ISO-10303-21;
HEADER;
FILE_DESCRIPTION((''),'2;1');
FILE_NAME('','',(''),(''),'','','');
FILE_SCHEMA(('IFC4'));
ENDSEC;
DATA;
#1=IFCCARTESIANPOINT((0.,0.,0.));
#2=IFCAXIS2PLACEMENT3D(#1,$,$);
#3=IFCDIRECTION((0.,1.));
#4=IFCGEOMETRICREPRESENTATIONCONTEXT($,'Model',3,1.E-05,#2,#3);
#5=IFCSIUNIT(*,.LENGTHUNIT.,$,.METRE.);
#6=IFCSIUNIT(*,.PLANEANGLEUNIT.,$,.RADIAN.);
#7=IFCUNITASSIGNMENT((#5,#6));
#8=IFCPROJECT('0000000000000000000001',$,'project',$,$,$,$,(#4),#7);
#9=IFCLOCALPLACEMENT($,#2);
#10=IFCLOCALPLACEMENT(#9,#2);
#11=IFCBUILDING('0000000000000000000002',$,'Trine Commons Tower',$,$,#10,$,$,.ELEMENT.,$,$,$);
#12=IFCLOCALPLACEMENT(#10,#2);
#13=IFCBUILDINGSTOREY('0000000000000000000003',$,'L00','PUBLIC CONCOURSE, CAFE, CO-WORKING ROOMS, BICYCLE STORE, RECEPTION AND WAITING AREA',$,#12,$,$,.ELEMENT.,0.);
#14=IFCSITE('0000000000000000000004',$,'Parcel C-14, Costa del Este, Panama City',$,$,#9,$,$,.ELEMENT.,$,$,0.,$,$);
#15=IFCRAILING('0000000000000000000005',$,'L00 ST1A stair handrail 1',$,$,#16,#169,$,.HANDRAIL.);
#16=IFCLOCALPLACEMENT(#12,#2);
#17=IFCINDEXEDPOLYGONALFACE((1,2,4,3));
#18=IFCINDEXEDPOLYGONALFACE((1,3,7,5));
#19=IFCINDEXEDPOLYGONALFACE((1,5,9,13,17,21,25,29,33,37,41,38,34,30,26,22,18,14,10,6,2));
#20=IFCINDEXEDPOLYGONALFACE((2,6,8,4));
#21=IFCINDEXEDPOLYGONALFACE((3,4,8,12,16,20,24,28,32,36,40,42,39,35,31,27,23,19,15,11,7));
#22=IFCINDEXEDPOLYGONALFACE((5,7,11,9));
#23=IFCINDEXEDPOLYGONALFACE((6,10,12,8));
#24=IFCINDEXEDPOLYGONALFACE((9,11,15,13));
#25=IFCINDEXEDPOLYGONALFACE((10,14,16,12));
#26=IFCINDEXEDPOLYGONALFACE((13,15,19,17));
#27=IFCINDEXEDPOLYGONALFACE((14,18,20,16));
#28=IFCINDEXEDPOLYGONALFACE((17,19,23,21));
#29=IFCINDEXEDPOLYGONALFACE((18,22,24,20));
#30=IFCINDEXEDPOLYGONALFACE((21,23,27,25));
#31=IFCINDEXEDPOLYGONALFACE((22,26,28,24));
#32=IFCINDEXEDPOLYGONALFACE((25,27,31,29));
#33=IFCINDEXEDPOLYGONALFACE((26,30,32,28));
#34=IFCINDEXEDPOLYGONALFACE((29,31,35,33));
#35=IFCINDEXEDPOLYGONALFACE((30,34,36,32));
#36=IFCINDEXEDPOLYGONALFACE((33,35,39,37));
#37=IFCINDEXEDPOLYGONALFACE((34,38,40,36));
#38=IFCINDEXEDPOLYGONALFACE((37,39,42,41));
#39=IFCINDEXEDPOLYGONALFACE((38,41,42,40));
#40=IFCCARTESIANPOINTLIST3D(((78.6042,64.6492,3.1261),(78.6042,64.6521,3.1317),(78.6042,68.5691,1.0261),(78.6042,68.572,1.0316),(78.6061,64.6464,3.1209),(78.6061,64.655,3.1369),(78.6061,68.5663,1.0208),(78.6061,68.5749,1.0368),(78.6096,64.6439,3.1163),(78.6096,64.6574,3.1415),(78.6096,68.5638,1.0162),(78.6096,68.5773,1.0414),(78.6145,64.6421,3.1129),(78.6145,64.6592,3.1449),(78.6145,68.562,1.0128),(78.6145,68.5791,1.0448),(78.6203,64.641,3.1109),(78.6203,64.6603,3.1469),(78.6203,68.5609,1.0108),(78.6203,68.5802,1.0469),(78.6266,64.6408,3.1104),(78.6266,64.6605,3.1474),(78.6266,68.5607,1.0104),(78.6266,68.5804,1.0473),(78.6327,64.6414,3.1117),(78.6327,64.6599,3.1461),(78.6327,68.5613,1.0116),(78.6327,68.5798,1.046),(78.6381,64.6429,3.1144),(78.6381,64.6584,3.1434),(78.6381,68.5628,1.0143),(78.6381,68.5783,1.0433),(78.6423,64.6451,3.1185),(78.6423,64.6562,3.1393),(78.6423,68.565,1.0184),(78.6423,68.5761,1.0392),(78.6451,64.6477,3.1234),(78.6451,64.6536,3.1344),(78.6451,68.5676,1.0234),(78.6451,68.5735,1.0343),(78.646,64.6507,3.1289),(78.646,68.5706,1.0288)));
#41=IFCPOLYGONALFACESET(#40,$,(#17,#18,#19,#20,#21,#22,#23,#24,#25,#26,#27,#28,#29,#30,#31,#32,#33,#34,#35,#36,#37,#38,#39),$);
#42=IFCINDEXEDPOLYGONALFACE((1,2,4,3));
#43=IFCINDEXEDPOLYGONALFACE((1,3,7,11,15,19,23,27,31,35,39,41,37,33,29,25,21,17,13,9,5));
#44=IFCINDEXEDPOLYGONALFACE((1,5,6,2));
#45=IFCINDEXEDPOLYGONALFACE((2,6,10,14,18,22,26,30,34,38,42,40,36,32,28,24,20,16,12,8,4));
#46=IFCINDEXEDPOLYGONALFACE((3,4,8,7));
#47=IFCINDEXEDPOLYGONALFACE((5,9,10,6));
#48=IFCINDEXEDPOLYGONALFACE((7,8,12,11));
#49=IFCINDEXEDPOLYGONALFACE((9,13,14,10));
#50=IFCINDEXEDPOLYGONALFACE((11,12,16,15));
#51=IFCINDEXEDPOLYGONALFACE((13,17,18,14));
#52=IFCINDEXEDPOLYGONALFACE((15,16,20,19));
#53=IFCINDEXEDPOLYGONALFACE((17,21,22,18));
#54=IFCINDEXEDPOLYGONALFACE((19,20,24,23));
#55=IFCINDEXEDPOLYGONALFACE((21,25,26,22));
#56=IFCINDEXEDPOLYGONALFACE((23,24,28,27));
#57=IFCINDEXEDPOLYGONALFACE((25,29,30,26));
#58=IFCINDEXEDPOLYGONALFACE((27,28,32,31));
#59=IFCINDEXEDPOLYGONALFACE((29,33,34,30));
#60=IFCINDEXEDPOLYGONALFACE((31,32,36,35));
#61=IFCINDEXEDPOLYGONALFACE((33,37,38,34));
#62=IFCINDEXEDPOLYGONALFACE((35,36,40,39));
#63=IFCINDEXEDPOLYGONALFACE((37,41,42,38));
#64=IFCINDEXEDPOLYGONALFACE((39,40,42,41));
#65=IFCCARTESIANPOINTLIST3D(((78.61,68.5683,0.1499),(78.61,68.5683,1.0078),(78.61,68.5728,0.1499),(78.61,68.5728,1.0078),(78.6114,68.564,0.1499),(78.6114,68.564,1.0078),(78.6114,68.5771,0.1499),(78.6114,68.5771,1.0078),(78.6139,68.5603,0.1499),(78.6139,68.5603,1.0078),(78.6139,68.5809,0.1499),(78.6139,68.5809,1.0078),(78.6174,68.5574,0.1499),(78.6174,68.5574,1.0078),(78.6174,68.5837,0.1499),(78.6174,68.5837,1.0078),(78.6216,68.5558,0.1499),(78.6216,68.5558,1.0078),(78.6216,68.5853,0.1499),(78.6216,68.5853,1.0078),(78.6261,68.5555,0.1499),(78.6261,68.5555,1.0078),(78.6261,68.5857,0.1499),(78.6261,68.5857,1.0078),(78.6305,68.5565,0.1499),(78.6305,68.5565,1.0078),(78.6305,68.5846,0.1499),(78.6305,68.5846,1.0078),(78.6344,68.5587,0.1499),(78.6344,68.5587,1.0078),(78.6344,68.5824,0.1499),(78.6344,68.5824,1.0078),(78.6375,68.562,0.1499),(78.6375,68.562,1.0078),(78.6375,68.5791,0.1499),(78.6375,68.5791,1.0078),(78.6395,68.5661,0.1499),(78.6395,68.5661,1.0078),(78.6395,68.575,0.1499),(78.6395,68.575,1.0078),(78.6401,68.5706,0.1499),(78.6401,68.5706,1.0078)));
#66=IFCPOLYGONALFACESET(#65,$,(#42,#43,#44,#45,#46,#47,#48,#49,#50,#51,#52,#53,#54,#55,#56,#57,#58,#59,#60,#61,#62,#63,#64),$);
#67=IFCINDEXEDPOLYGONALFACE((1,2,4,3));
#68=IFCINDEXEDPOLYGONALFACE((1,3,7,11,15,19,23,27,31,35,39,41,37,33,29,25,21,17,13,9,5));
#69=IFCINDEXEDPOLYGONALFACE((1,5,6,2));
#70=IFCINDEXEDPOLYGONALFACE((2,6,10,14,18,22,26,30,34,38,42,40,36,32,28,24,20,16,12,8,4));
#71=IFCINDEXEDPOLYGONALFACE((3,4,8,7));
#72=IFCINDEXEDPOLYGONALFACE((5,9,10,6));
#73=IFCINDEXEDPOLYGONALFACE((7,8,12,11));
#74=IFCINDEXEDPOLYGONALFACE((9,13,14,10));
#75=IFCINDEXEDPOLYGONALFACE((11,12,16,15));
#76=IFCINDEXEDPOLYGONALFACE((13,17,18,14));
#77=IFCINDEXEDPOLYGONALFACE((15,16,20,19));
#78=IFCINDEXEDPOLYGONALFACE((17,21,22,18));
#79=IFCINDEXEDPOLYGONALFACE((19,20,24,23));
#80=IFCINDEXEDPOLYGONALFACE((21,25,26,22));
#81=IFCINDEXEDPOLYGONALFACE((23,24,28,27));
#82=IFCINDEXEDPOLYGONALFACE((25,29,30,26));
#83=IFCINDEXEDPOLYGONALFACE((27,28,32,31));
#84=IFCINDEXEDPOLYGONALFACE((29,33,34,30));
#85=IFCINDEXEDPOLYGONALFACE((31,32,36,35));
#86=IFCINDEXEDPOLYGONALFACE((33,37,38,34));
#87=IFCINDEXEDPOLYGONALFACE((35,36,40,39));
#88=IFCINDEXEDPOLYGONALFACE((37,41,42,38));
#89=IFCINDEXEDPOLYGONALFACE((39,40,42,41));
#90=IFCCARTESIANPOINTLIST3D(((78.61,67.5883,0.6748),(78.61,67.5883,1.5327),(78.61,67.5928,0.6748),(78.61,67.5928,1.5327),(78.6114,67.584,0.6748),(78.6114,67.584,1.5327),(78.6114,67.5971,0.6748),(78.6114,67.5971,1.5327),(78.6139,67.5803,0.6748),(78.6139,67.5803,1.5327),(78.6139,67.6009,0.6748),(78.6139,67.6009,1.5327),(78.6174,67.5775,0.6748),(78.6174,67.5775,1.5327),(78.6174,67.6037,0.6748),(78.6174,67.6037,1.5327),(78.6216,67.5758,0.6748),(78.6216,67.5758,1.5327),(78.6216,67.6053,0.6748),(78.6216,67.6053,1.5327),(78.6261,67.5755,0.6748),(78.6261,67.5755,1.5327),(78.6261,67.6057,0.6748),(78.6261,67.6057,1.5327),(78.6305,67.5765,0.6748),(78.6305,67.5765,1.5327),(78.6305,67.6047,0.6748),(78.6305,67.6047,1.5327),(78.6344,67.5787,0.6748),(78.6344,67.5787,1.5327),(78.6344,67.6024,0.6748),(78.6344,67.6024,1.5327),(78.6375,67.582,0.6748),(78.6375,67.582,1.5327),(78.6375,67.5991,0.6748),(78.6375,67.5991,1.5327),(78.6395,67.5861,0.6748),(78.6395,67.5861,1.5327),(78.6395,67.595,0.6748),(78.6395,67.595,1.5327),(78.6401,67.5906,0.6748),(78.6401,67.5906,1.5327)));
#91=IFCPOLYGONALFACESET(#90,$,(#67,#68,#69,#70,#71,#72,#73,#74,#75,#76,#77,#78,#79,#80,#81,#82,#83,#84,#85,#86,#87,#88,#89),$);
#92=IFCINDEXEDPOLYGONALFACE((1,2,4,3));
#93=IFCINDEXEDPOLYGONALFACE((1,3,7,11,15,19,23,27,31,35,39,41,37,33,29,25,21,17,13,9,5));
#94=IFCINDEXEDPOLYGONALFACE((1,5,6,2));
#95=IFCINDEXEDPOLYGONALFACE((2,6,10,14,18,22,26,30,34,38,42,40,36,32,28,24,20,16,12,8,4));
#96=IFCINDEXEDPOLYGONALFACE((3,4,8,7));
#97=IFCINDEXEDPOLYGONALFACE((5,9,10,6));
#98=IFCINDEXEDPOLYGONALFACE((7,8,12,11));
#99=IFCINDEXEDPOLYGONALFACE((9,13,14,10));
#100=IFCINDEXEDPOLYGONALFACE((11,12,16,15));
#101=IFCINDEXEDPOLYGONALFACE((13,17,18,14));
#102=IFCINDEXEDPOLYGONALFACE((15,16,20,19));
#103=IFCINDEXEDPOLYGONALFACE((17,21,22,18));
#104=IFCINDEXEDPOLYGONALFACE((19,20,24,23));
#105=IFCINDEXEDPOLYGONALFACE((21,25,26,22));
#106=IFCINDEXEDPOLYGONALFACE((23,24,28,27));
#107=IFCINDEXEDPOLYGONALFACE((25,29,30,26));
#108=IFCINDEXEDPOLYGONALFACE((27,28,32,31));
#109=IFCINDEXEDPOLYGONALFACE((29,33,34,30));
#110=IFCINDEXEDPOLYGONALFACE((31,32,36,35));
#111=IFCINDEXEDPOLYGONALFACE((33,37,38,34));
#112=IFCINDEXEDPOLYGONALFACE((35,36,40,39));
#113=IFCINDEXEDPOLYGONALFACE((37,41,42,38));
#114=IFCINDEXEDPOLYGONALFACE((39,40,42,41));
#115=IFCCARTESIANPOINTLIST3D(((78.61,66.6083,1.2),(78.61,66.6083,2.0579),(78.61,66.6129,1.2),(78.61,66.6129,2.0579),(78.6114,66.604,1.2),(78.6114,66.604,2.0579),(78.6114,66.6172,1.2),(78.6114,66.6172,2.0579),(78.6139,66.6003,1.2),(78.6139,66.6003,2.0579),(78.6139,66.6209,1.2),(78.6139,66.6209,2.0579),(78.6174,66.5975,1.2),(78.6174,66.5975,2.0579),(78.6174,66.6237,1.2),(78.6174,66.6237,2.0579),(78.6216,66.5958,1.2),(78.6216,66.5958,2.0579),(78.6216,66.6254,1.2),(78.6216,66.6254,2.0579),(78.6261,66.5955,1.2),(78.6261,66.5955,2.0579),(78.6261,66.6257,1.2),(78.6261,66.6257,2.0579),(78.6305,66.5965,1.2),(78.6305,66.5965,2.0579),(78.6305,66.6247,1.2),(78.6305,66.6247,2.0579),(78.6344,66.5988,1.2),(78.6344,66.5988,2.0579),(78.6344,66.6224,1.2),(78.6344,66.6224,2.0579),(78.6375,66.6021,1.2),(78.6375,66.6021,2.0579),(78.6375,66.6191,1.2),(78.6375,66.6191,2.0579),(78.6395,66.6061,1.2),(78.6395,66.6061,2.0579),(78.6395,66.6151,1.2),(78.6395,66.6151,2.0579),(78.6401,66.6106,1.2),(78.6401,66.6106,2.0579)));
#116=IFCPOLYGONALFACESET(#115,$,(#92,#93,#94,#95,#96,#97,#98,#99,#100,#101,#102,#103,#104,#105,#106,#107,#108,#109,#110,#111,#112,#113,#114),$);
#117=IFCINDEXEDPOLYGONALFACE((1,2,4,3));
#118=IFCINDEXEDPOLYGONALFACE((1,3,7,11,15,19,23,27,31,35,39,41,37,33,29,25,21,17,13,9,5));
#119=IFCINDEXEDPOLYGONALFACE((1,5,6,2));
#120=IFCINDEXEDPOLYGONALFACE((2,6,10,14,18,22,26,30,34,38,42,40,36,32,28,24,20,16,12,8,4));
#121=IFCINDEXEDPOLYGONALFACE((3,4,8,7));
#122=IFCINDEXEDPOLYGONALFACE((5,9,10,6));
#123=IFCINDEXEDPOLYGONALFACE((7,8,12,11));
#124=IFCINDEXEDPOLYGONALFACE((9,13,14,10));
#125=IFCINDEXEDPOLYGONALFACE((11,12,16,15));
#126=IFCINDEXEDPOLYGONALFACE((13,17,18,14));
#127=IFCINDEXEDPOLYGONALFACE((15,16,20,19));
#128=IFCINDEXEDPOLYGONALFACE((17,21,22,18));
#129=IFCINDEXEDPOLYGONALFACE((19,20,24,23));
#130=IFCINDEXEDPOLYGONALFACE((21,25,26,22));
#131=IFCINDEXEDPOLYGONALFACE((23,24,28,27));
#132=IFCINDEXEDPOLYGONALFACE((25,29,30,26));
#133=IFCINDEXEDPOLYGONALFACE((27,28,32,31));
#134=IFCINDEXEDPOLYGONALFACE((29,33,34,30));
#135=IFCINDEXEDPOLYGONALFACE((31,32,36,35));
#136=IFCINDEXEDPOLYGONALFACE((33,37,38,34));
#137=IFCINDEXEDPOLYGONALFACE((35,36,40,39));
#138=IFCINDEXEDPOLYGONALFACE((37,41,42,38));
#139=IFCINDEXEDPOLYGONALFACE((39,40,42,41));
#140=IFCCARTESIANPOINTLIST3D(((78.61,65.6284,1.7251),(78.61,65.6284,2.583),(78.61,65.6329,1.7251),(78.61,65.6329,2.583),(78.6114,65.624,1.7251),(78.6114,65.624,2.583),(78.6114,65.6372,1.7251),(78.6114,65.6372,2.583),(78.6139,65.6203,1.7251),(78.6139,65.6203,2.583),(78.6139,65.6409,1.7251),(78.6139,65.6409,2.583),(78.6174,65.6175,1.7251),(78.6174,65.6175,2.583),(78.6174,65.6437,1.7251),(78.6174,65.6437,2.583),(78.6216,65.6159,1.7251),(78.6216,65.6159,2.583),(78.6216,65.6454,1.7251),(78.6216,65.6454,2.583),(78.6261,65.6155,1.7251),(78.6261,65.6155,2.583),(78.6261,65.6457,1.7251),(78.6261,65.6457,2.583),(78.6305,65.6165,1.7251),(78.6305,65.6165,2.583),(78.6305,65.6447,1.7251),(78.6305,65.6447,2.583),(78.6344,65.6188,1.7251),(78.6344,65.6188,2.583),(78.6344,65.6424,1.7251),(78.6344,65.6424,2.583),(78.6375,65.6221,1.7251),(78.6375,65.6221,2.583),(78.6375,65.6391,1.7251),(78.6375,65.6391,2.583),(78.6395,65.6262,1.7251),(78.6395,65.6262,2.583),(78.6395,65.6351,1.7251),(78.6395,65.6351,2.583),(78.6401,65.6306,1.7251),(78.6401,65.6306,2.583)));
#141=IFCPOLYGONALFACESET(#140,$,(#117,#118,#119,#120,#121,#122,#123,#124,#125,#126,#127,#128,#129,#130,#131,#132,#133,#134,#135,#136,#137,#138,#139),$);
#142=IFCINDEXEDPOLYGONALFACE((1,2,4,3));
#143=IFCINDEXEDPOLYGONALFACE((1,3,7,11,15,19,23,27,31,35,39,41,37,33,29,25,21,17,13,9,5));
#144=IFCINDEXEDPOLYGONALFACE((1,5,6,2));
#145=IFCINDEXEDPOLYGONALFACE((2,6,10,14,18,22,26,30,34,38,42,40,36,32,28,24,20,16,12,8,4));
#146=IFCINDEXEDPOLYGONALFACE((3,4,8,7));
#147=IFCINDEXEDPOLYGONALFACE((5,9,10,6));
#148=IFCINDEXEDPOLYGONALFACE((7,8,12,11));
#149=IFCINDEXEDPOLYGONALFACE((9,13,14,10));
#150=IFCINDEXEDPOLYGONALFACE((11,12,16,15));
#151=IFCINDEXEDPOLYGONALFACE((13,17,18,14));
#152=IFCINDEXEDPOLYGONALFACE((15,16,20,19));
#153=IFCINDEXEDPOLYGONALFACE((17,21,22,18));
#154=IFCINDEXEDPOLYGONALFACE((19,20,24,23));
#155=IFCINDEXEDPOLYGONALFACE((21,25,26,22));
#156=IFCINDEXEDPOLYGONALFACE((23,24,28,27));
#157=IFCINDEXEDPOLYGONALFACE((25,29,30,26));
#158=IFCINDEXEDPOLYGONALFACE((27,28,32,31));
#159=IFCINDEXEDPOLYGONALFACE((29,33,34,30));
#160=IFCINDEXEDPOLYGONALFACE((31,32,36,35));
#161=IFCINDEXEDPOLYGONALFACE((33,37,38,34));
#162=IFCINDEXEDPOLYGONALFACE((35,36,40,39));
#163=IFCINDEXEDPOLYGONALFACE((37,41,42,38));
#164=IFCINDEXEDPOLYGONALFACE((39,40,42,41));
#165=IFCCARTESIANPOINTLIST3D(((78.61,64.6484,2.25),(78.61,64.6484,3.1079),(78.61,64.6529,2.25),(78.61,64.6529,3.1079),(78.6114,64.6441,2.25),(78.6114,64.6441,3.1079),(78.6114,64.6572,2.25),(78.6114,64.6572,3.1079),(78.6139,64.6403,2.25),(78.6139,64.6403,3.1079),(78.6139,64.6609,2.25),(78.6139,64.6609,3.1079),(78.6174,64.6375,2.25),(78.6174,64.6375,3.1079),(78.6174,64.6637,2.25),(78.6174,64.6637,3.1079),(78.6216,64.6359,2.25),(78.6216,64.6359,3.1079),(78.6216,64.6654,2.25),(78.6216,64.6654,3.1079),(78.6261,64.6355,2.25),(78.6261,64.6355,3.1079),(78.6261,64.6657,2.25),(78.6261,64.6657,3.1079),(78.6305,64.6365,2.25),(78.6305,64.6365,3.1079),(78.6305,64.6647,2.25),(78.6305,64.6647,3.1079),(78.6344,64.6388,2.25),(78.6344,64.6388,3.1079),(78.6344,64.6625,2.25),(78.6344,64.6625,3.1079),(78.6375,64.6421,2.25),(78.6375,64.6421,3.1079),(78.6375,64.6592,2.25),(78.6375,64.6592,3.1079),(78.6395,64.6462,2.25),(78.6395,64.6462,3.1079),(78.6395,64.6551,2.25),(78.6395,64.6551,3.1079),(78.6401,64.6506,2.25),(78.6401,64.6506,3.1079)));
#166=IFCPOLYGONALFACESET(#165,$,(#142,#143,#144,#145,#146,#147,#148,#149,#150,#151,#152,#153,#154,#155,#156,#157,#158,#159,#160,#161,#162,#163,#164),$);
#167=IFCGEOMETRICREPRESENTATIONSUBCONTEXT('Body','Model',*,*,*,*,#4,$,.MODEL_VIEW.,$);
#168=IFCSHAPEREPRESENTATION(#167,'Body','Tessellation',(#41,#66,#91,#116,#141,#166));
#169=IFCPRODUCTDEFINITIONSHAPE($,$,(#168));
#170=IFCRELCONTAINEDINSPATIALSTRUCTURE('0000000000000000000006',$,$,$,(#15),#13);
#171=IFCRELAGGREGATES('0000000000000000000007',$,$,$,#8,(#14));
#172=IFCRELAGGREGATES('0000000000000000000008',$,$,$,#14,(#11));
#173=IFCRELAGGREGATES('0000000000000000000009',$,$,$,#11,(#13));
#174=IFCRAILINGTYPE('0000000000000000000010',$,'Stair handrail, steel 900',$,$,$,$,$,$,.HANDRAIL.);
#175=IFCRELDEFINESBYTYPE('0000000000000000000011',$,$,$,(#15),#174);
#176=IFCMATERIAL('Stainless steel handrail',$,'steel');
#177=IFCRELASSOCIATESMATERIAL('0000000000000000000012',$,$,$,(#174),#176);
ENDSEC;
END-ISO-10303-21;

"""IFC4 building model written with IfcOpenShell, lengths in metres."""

from ifc_helpers import new_model, si_unit, direction, frame, origin, origin_2d, place, context, subcontext, project, spatial, circle, extrude, material, type_object, element, save


model = new_model("IFC4")

# Units and contexts
model_context = context("Model", 3, precision=1e-05, world=origin(), true_north=direction((0.0, 1.0)))
body_context = subcontext(model_context, "Body", "Model", "MODEL_VIEW")
ifc_project = project(units=[si_unit("LENGTHUNIT", "METRE"), si_unit("PLANEANGLEUNIT", "RADIAN")], contexts=[model_context])

# Site, building, storey
site_placement = place(None, origin())
site = spatial("IfcSite", under=ifc_project, at=site_placement, Name="Parcel C-14, Costa del Este, Panama City", CompositionType="ELEMENT", RefElevation=0.0)
building_placement = place(site_placement, origin())
building = spatial("IfcBuilding", under=site, at=building_placement, Name="Trine Commons Tower", CompositionType="ELEMENT")
storey_placement = place(building_placement, origin())
storey = spatial("IfcBuildingStorey", under=building, at=storey_placement, Name="L00", Description="PUBLIC CONCOURSE, CAFE, CO-WORKING ROOMS, BICYCLE STORE, RECEPTION AND WAITING AREA", CompositionType="ELEMENT", Elevation=0.0)

# Railing
ifc_material_1 = material(Name="Stainless steel handrail", Category="steel")
railing_type_1 = type_object("IfcRailingType", Name="Stair handrail, steel 900", PredefinedType="HANDRAIL", material=ifc_material_1)
railing_1_placement = place(storey_placement, frame((78.625, 68.5706, 0.1499)))
element("IfcRailing", 1, at=railing_1_placement, inside=storey, type_object=railing_type_1, Name="L00 ST1A stair handrail 1", PredefinedType="HANDRAIL", context=body_context, shape_type="SweptSolid", body=[
    extrude(circle(Radius=0.021, at=origin_2d()), frame((0.0, 0.0, 0.8789), z_axis=(0.0, -0.881467, 0.472246), x_axis=(1.0, 0.0, 0.0)), (0.0, 0.0, 1.0), 4.447),
    extrude(circle(Radius=0.0151, at=origin_2d()), origin(), (0.0, 0.0, 1.0), 0.8579),
    extrude(circle(Radius=0.0151, at=origin_2d()), frame((0.0, -0.98, 0.5249)), (0.0, 0.0, 1.0), 0.8579),
    extrude(circle(Radius=0.0151, at=origin_2d()), frame((0.0, -1.96, 1.05)), (0.0, 0.0, 1.0), 0.8579),
    extrude(circle(Radius=0.0151, at=origin_2d()), frame((0.0, -2.9399, 1.5752)), (0.0, 0.0, 1.0), 0.8579),
    extrude(circle(Radius=0.0151, at=origin_2d()), frame((0.0, -3.9199, 2.1001)), (0.0, 0.0, 1.0), 0.8579),
])

save(model, "model.ifc")
